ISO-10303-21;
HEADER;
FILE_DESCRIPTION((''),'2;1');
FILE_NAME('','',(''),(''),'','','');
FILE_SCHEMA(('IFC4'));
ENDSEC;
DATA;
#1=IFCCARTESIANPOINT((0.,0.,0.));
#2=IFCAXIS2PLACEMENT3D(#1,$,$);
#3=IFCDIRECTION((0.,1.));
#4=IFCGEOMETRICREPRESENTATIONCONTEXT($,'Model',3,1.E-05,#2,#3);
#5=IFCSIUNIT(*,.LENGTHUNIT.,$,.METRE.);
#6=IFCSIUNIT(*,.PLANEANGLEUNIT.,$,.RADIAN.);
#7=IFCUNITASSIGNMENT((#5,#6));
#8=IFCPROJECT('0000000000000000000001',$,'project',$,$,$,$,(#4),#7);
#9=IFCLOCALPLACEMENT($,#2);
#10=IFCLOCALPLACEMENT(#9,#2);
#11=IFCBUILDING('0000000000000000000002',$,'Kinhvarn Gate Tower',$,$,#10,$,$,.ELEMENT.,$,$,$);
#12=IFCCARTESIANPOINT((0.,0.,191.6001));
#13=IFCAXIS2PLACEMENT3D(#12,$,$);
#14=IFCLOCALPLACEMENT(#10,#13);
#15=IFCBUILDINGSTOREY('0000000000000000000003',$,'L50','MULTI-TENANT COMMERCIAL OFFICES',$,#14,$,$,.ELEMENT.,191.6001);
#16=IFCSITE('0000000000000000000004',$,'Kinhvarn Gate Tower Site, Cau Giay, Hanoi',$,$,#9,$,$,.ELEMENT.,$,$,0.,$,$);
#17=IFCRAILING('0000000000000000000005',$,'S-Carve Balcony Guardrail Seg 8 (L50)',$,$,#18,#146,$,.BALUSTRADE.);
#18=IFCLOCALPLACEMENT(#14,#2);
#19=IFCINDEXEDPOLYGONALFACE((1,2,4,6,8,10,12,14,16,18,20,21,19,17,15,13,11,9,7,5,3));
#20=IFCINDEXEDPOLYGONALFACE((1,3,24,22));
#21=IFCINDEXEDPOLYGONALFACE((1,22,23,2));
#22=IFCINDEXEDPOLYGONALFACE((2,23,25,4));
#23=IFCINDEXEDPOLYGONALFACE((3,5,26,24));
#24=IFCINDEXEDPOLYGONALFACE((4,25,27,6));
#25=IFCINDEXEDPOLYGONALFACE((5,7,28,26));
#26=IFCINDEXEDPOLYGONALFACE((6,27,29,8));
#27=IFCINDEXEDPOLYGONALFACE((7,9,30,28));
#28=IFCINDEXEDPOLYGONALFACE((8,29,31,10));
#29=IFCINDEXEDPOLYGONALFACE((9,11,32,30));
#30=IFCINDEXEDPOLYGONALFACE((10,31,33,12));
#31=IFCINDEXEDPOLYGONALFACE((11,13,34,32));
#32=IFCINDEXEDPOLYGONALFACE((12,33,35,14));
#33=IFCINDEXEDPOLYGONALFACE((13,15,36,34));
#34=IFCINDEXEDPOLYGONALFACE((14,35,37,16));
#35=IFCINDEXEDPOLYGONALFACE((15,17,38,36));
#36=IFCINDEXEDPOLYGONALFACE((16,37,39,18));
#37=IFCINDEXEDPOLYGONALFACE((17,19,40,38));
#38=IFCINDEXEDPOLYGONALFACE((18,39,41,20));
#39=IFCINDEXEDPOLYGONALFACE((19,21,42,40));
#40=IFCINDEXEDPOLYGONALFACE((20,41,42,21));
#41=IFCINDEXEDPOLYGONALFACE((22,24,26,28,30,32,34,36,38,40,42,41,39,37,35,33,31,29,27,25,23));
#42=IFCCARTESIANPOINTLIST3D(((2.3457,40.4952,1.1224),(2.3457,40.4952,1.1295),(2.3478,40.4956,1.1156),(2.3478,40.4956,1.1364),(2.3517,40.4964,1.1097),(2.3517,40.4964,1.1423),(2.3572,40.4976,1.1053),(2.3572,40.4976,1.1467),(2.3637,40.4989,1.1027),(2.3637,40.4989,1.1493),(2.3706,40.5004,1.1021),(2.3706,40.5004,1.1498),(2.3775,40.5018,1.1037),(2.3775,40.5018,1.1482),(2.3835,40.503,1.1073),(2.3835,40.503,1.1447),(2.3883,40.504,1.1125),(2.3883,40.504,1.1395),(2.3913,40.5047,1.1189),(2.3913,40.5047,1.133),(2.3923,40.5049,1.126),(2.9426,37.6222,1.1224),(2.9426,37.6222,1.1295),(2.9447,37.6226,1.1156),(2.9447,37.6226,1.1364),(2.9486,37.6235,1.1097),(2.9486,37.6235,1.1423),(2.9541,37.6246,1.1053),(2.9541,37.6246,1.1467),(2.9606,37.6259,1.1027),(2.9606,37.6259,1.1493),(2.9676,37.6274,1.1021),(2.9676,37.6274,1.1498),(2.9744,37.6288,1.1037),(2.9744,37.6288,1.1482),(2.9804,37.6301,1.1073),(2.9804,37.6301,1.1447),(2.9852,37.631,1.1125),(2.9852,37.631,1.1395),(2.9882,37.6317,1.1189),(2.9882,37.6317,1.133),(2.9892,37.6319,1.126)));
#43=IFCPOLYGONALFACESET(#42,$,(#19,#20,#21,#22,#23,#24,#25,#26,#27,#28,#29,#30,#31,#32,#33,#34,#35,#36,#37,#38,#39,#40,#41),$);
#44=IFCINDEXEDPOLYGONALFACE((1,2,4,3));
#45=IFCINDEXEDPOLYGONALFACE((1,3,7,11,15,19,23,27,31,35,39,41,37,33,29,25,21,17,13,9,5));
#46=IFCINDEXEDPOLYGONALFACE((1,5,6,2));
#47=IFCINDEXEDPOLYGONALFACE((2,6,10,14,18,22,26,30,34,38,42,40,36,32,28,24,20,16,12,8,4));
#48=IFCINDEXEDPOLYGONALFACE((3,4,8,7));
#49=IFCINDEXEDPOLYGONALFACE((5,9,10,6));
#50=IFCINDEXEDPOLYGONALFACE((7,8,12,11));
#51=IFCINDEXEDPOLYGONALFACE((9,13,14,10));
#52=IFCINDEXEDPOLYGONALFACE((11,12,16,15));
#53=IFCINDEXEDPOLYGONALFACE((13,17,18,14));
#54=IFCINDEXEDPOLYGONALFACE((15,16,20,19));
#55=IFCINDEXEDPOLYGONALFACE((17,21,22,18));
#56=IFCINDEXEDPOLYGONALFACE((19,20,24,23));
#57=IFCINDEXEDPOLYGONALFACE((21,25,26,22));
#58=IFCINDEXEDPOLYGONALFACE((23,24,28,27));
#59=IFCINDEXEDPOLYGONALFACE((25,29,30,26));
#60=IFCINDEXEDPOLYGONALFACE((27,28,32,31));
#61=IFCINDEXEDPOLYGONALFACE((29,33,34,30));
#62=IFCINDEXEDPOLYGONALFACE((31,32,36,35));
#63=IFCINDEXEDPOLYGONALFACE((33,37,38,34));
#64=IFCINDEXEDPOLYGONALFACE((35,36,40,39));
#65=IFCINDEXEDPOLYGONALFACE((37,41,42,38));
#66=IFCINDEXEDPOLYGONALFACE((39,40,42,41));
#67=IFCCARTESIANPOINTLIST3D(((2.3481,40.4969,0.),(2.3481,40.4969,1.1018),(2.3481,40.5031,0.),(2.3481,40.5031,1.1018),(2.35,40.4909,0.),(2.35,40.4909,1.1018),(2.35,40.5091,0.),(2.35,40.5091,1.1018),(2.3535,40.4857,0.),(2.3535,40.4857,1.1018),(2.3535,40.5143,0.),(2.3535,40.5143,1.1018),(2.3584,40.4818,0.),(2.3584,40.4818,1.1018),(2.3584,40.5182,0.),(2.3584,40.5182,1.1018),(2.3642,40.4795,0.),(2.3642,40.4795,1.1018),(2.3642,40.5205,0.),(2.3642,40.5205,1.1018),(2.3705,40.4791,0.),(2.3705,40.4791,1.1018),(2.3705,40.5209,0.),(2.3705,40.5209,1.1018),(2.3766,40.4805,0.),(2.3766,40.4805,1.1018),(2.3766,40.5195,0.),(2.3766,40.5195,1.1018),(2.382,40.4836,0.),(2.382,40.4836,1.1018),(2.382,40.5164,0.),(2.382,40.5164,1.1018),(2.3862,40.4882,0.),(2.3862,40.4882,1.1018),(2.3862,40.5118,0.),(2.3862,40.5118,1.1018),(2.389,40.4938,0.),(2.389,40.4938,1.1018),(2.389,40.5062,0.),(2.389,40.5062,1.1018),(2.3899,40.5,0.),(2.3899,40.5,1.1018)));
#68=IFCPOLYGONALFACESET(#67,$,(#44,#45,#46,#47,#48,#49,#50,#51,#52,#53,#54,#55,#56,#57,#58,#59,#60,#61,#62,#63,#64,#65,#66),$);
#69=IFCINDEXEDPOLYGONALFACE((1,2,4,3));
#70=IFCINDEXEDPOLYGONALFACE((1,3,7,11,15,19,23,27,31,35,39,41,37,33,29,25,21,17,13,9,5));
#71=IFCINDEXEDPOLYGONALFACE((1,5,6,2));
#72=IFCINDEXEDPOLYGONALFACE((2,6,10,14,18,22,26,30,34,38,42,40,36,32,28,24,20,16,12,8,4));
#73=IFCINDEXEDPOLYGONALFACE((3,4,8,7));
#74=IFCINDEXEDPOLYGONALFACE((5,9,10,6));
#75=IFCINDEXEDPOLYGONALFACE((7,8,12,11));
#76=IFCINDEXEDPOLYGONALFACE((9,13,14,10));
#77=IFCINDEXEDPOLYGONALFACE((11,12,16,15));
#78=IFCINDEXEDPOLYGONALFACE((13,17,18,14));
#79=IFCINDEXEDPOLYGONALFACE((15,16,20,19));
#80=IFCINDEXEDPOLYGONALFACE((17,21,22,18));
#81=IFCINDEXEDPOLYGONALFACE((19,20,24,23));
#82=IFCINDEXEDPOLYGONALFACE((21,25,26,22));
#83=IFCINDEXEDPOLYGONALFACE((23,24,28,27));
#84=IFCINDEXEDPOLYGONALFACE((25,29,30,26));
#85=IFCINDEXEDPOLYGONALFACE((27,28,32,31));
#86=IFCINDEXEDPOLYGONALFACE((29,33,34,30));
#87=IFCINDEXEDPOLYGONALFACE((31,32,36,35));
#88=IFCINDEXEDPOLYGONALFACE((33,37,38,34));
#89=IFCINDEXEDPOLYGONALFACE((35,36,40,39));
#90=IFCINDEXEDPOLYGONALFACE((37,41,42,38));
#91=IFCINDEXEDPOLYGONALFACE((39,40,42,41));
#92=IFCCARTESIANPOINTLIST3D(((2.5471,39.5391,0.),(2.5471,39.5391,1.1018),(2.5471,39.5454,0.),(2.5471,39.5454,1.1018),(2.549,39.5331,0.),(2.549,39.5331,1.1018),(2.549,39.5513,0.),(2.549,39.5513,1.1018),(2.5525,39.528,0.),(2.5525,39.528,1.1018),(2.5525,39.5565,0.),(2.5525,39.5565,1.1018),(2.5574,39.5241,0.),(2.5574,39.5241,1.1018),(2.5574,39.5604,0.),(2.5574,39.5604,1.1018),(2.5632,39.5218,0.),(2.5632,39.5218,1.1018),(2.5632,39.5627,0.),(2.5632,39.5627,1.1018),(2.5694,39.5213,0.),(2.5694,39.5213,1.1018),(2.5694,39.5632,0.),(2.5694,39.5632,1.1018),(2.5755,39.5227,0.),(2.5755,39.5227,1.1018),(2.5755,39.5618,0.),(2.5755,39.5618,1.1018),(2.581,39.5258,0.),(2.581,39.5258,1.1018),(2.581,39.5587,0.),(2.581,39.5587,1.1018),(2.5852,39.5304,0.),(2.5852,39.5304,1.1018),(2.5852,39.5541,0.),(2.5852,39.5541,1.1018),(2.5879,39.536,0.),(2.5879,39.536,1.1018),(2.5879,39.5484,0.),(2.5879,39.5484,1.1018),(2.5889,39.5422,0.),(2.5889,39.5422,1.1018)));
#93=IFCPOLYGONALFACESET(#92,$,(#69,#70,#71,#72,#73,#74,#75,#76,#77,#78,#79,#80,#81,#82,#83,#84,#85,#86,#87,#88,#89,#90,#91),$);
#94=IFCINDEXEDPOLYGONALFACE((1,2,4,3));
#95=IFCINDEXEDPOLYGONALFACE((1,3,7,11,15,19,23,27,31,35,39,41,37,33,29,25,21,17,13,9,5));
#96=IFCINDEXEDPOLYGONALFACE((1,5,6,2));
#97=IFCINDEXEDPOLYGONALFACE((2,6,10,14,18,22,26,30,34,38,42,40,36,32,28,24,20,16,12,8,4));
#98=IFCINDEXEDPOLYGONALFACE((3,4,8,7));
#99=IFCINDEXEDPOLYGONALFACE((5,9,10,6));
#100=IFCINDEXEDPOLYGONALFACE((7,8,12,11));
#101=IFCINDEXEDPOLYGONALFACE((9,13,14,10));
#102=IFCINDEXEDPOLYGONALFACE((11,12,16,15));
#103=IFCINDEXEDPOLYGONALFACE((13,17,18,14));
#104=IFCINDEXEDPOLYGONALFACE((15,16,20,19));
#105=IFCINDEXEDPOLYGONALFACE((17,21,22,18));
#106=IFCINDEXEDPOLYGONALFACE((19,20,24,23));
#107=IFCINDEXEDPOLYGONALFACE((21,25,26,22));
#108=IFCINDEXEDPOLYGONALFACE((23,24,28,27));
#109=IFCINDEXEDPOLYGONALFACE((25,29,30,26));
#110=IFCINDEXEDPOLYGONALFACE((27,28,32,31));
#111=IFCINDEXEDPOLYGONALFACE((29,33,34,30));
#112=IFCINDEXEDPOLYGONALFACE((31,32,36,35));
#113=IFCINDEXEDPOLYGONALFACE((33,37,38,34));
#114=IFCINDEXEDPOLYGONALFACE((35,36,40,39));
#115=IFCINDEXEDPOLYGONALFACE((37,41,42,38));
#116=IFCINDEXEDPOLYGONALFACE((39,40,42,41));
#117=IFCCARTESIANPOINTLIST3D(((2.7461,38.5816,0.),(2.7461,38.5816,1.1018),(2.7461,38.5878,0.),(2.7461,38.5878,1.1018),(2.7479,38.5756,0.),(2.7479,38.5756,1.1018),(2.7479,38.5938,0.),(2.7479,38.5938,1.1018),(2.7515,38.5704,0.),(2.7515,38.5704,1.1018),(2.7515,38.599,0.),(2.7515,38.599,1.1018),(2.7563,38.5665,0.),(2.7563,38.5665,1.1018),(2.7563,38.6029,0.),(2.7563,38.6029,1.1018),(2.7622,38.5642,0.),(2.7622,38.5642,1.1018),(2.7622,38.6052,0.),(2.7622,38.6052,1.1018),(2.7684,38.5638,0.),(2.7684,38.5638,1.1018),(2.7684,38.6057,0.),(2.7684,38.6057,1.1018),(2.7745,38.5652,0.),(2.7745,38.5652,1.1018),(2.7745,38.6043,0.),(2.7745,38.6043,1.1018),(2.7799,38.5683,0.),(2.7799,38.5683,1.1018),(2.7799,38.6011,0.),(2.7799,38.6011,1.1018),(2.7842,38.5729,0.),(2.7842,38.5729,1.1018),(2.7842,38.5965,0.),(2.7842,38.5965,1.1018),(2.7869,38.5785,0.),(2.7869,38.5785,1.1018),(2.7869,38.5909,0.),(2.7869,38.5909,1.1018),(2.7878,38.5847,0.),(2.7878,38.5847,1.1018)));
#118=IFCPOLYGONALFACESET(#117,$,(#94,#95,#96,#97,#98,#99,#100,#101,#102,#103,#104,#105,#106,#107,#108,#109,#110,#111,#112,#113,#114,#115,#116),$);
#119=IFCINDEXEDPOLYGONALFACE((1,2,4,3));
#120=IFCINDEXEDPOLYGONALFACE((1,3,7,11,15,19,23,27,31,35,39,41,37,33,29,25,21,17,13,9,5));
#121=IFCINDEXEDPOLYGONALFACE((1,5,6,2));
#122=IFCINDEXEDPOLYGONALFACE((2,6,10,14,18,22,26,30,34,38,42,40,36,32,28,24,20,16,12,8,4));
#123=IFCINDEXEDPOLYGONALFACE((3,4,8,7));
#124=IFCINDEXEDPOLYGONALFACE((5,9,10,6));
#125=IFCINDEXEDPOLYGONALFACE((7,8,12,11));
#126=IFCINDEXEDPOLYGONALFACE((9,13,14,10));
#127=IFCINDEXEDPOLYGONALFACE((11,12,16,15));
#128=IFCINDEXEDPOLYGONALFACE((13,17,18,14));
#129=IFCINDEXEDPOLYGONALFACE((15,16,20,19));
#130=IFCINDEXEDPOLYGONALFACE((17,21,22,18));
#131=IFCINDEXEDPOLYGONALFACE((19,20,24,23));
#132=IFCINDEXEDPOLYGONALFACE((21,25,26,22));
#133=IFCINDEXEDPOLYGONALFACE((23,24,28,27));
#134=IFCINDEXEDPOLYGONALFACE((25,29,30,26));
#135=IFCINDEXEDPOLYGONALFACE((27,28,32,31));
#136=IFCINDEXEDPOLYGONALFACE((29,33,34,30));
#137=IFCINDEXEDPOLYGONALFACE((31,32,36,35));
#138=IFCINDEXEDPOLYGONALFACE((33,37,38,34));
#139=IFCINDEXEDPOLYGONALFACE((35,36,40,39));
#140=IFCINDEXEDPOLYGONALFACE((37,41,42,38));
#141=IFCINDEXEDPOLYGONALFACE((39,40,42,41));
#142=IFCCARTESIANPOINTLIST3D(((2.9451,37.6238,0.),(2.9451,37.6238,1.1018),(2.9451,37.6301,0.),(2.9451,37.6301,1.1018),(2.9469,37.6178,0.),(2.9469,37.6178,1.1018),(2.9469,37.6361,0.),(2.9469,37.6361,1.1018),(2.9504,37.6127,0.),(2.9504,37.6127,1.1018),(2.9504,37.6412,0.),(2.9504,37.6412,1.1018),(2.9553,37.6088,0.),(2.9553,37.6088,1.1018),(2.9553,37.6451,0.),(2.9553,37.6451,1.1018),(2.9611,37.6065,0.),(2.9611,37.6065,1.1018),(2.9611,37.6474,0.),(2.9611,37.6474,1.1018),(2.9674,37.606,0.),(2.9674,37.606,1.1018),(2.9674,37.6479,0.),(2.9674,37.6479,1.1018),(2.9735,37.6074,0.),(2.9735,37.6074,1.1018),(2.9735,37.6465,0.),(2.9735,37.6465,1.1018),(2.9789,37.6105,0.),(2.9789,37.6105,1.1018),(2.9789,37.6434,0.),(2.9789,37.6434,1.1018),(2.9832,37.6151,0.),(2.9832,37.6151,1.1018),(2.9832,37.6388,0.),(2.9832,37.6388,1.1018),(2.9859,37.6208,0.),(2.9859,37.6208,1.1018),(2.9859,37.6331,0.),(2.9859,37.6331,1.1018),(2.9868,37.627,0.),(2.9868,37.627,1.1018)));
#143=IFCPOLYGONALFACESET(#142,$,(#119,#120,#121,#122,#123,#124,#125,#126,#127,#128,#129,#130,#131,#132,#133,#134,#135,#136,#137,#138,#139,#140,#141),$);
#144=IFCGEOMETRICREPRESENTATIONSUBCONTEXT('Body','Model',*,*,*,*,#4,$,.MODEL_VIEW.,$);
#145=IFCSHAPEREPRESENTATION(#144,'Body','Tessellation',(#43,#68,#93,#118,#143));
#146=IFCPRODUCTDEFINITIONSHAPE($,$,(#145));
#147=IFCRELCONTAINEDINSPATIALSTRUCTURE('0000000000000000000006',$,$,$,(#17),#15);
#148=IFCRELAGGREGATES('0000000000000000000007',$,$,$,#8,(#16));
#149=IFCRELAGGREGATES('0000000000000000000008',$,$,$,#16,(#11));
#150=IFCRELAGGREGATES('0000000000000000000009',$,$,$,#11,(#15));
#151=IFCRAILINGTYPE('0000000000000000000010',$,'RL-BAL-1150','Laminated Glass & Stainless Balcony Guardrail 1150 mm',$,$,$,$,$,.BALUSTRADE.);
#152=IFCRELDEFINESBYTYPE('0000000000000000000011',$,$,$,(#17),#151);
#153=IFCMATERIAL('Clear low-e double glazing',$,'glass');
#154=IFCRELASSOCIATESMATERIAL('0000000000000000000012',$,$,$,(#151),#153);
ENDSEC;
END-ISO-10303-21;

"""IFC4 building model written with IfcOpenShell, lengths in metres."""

from ifc_helpers import new_model, si_unit, direction, frame, origin, origin_2d, place, context, subcontext, project, spatial, circle, extrude, material, type_object, element, save


model = new_model("IFC4")

# Units and contexts
model_context = context("Model", 3, precision=1e-05, world=origin(), true_north=direction((0.0, 1.0)))
body_context = subcontext(model_context, "Body", "Model", "MODEL_VIEW")
ifc_project = project(units=[si_unit("LENGTHUNIT", "METRE"), si_unit("PLANEANGLEUNIT", "RADIAN")], contexts=[model_context])

# Site, building, storey
site_placement = place(None, origin())
site = spatial("IfcSite", under=ifc_project, at=site_placement, Name="Kinhvarn Gate Tower Site, Cau Giay, Hanoi", CompositionType="ELEMENT", RefElevation=0.0)
building_placement = place(site_placement, origin())
building = spatial("IfcBuilding", under=site, at=building_placement, Name="Kinhvarn Gate Tower", CompositionType="ELEMENT")
storey_placement = place(building_placement, frame((0.0, 0.0, 191.6001)))
storey = spatial("IfcBuildingStorey", under=building, at=storey_placement, Name="L50", Description="MULTI-TENANT COMMERCIAL OFFICES", CompositionType="ELEMENT", Elevation=191.6001)

# Shared definitions
ifc_material_1 = material(Name="Clear low-e double glazing", Category="glass")

# Railing
railing_type = type_object("IfcRailingType", Name="RL-BAL-1150", Description="Laminated Glass & Stainless Balcony Guardrail 1150 mm", PredefinedType="BALUSTRADE", material=ifc_material_1)
railing_1_placement = place(storey_placement, frame((2.3689, 40.5, 0.0)))
element("IfcRailing", 1, at=railing_1_placement, inside=storey, type_object=railing_type, Name="S-Carve Balcony Guardrail Seg 8 (L50)", PredefinedType="BALUSTRADE", context=body_context, shape_type="SweptSolid", body=[
    extrude(circle(Radius=0.0239, at=origin_2d()), frame((0.0, 0.0, 1.126), z_axis=(0.203423, -0.979091, 0.0), x_axis=(0.979091, 0.203423, 0.0)), (0.0, 0.0, 1.0), 2.9343),
    extrude(circle(Radius=0.021, at=origin_2d()), origin(), (0.0, 0.0, 1.0), 1.1018),
    extrude(circle(Radius=0.021, at=origin_2d()), frame((0.199, -0.9578, 0.0)), (0.0, 0.0, 1.0), 1.1018),
    extrude(circle(Radius=0.021, at=origin_2d()), frame((0.3979, -1.9153, 0.0)), (0.0, 0.0, 1.0), 1.1018),
    extrude(circle(Radius=0.021, at=origin_2d()), frame((0.5969, -2.873, 0.0)), (0.0, 0.0, 1.0), 1.1018),
])

save(model, "model.ifc")
